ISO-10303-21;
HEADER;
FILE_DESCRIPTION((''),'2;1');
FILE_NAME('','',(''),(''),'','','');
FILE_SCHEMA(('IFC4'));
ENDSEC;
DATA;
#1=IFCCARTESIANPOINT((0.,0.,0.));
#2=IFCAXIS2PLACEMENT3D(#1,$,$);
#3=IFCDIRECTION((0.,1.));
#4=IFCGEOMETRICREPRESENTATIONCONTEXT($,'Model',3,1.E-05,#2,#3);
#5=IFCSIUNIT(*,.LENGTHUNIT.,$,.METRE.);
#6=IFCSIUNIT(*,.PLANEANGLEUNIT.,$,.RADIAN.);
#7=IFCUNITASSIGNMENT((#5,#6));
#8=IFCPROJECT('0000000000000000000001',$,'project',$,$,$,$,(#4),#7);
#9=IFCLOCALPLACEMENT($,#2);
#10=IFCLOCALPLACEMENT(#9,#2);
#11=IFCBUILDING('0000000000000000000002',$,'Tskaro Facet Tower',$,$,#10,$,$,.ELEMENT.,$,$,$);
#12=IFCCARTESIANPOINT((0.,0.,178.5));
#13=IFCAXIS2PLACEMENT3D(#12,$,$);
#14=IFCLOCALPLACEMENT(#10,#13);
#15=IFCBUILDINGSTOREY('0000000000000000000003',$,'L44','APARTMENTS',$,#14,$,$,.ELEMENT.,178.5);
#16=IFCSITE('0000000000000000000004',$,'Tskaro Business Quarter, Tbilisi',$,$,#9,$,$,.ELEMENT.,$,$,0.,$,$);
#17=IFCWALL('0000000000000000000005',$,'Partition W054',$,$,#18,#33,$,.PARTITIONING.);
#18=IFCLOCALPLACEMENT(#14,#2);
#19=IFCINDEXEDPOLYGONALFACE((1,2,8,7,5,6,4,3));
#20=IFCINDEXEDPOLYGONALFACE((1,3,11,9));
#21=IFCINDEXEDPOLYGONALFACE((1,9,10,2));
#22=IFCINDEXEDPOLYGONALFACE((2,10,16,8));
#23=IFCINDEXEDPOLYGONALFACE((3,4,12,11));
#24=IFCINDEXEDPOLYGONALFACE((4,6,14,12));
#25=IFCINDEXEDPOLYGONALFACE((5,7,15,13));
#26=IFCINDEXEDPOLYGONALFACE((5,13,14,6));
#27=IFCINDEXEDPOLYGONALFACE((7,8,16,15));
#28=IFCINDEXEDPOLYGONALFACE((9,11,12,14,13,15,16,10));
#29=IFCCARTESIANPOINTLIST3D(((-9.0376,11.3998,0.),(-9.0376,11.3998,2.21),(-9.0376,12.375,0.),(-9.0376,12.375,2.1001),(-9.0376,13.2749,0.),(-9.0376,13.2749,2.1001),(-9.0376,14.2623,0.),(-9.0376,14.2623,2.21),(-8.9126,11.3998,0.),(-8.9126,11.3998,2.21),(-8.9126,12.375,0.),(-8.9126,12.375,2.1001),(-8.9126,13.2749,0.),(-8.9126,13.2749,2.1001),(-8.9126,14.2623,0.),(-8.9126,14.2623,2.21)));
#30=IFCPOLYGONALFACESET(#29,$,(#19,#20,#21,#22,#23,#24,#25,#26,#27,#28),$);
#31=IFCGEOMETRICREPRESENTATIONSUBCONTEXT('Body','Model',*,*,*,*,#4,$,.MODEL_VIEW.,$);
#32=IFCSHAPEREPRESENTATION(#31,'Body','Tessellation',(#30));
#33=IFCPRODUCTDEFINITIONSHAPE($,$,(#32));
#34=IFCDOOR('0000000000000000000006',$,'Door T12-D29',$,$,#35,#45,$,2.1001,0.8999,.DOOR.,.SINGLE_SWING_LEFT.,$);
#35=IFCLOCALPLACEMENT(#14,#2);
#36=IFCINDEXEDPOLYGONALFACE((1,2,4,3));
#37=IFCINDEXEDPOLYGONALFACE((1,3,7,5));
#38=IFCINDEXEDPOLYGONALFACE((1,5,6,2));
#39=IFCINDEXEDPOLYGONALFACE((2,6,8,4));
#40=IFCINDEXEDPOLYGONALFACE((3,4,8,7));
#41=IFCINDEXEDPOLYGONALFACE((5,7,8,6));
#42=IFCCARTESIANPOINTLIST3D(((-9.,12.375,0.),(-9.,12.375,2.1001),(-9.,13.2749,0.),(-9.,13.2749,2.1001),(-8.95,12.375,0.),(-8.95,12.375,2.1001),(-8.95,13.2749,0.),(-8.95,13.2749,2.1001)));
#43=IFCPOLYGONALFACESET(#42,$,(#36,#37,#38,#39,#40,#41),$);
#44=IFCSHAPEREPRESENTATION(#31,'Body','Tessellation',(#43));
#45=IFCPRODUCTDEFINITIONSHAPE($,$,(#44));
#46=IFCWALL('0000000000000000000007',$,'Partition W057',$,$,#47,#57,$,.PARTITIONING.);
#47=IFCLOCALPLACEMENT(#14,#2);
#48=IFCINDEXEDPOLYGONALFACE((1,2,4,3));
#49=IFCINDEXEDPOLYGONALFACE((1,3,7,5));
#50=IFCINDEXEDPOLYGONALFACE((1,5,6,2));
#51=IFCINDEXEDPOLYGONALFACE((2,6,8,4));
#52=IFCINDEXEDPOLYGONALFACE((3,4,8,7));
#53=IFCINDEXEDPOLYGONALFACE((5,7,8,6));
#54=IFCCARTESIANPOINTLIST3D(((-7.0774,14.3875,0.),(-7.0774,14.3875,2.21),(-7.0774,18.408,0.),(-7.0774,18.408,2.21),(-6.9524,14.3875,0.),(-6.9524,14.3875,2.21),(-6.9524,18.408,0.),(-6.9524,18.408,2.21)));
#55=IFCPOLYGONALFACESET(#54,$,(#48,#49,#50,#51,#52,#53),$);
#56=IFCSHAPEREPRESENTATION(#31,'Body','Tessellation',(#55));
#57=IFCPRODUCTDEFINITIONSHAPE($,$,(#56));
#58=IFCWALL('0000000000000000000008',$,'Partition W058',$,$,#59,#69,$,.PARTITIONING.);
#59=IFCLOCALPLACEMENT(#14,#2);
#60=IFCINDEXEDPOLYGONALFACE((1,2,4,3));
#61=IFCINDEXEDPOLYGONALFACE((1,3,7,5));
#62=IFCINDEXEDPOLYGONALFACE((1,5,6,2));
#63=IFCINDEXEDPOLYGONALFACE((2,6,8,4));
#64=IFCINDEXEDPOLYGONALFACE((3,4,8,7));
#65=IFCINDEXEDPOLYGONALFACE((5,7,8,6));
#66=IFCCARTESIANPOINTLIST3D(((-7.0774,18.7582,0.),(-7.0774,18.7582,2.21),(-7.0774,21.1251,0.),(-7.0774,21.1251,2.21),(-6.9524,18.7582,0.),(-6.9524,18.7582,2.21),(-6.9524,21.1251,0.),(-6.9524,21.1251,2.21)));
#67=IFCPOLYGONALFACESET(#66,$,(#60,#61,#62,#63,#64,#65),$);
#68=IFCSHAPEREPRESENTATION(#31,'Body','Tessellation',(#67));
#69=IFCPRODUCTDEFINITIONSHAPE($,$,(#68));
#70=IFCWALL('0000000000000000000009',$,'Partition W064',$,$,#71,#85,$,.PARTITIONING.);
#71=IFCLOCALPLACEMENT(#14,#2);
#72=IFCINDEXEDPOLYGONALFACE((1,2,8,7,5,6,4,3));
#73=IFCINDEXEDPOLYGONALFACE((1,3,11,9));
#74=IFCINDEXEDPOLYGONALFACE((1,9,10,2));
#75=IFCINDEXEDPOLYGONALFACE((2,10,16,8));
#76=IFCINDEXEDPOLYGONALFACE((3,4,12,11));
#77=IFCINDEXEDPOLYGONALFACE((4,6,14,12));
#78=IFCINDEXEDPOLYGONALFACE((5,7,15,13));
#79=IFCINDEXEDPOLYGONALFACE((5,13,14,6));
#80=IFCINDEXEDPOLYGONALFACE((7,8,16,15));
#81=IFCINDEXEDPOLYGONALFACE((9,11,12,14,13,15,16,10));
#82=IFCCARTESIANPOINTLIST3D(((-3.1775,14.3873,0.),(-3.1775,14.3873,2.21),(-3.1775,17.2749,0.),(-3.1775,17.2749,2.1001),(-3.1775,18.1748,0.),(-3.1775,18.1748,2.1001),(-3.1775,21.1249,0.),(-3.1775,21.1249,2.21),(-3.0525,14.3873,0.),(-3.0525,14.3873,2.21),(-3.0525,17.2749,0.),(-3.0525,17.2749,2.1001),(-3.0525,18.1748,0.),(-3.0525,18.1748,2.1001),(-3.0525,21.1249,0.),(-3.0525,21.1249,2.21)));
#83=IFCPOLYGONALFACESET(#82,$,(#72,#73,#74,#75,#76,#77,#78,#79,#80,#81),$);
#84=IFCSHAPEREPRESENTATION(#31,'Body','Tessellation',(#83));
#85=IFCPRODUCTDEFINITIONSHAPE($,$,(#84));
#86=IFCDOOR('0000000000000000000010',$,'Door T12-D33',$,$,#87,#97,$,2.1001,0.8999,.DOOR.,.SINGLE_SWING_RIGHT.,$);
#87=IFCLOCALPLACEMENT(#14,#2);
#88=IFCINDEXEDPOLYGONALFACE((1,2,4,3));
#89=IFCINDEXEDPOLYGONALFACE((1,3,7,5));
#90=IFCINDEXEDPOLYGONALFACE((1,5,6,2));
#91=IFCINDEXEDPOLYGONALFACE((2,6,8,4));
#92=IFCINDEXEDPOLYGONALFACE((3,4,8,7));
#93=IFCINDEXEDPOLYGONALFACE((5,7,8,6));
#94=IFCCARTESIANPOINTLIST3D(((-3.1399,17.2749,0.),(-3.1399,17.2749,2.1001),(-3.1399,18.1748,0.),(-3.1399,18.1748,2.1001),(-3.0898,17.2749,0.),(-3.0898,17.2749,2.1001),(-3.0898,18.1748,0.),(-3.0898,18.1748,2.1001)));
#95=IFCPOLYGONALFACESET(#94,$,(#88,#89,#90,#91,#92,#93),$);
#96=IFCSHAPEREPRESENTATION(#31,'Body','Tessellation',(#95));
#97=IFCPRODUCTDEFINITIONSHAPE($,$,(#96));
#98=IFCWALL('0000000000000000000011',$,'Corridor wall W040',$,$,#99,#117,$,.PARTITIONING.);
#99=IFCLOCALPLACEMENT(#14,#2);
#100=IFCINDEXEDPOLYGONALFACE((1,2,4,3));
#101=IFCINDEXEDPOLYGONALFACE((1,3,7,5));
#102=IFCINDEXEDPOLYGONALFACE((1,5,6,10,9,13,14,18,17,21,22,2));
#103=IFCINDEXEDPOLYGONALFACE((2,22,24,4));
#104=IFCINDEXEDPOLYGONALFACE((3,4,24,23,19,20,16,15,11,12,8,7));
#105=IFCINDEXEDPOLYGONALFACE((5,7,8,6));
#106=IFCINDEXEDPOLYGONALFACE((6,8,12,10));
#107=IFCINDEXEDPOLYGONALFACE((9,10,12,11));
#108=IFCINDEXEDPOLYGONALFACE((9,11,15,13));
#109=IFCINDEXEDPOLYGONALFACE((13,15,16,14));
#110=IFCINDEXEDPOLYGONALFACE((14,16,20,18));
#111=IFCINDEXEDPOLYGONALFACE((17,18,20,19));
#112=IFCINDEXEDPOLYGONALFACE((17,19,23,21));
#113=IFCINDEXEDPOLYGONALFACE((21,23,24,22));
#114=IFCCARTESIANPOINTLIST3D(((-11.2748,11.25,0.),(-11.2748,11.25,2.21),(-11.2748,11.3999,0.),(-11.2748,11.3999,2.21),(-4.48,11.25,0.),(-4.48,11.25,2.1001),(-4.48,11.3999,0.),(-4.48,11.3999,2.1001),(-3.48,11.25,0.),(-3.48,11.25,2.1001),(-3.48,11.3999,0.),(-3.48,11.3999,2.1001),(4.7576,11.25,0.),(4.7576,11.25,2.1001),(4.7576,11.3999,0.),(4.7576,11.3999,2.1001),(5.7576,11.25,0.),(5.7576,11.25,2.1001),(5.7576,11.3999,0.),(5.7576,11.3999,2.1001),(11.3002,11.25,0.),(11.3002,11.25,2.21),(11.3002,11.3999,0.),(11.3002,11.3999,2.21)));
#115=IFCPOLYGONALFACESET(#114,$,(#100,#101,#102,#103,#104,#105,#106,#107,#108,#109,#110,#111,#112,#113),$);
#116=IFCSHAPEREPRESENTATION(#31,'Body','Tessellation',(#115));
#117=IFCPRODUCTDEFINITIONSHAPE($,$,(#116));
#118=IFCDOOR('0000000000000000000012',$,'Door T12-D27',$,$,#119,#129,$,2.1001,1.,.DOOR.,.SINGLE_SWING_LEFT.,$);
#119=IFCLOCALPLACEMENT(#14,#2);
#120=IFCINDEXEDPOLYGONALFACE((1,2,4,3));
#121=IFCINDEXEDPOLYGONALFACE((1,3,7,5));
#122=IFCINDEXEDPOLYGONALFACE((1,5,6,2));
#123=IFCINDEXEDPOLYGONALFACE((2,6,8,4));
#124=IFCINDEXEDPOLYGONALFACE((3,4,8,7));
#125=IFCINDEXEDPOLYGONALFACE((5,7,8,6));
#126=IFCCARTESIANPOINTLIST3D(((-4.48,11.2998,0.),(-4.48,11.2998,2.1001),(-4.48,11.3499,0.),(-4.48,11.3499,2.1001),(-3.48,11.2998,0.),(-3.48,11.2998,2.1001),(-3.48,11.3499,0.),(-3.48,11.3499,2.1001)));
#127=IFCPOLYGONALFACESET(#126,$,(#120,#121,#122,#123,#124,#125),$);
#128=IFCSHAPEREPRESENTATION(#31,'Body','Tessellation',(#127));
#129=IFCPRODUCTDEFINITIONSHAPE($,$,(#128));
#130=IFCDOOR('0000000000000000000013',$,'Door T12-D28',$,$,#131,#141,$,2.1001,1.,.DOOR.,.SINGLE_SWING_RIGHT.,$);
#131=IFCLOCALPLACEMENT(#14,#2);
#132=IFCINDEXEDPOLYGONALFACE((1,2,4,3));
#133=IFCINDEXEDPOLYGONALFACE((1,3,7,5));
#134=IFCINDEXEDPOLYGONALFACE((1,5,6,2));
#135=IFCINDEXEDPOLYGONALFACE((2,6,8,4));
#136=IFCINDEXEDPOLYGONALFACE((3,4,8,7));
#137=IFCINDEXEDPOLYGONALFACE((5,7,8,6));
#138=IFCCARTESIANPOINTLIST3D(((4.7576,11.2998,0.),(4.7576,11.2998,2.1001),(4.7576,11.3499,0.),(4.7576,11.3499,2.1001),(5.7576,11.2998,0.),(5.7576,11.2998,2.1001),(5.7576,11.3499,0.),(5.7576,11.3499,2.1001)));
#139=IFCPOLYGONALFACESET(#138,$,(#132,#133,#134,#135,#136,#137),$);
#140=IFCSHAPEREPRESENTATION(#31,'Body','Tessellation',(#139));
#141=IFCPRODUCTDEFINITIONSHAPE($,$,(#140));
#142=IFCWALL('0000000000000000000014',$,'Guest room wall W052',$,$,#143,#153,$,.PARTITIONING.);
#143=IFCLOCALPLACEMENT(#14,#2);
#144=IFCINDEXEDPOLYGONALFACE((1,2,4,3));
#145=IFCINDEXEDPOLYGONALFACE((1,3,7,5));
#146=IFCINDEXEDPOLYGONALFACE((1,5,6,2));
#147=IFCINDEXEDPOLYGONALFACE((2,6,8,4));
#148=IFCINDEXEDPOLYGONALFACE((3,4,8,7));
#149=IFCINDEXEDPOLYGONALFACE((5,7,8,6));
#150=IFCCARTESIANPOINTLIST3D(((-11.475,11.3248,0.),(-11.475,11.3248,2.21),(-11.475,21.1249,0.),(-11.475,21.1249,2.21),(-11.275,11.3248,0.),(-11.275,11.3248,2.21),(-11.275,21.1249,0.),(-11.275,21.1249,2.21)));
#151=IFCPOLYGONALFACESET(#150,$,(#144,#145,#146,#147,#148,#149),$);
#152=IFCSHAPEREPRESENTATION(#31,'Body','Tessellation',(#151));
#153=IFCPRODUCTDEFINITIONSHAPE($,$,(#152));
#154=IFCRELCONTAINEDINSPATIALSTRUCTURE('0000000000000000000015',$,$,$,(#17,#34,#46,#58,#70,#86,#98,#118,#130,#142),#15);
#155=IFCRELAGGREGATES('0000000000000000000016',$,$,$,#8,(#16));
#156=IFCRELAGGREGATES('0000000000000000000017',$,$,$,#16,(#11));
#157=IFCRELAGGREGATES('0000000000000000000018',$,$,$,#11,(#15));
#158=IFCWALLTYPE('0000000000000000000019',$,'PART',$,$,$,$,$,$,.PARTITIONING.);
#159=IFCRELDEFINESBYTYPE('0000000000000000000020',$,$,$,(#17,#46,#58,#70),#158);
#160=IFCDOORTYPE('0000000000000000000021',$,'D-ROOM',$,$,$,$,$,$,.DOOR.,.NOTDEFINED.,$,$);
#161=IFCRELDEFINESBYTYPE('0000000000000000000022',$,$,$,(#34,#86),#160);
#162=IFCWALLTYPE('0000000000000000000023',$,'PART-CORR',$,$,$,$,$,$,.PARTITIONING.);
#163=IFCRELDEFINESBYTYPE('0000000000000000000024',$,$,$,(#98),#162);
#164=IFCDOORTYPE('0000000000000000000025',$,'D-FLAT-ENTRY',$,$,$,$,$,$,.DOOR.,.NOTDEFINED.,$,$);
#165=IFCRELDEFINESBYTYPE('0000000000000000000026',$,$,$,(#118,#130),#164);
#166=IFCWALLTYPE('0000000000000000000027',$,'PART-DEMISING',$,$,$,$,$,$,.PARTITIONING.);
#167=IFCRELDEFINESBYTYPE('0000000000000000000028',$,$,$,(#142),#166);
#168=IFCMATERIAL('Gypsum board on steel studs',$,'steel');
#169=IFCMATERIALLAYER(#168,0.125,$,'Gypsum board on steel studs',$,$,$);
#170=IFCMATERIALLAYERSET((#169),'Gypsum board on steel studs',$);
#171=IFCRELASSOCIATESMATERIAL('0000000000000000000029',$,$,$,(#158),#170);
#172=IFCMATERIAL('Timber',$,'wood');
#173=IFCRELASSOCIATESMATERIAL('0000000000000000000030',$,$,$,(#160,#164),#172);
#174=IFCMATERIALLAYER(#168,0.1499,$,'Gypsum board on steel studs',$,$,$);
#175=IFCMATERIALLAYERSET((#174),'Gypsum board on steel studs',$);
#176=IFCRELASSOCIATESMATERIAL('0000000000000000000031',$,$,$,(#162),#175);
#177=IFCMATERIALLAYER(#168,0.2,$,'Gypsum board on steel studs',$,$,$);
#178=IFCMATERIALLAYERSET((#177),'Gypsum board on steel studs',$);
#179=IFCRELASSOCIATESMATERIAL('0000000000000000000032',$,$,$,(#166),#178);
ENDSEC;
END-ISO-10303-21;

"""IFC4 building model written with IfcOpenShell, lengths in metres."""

from ifc_helpers import new_model, si_unit, direction, frame, frame_2d, origin, place, context, subcontext, project, spatial, rectangle, extrude, material, layer, layer_set, type_object, element, fill, save


model = new_model("IFC4")

# Units and contexts
model_context = context("Model", 3, precision=1e-05, world=origin(), true_north=direction((0.0, 1.0)))
body_context = subcontext(model_context, "Body", "Model", "MODEL_VIEW")
ifc_project = project(units=[si_unit("LENGTHUNIT", "METRE"), si_unit("PLANEANGLEUNIT", "RADIAN")], contexts=[model_context])

# Site, building, storey
site_placement = place(None, origin())
site = spatial("IfcSite", under=ifc_project, at=site_placement, Name="Tskaro Business Quarter, Tbilisi", CompositionType="ELEMENT", RefElevation=0.0)
building_placement = place(site_placement, origin())
building = spatial("IfcBuilding", under=site, at=building_placement, Name="Tskaro Facet Tower", CompositionType="ELEMENT")
storey_placement = place(building_placement, frame((0.0, 0.0, 178.5)))
storey = spatial("IfcBuildingStorey", under=building, at=storey_placement, Name="L44", Description="APARTMENTS", CompositionType="ELEMENT", Elevation=178.5)

# Shared definitions
ifc_material_1 = material(Name="Gypsum board on steel studs", Category="steel")
ifc_layer_1 = layer(ifc_material_1, 0.125, Name="Gypsum board on steel studs")
ifc_layer_set_1 = layer_set([ifc_layer_1], Name="Gypsum board on steel studs")
wall_type_1 = type_object("IfcWallType", Name="PART", PredefinedType="PARTITIONING", material=ifc_layer_set_1)
ifc_material_2 = material(Name="Timber", Category="wood")
door_type_1 = type_object("IfcDoorType", Name="D-ROOM", OperationType="NOTDEFINED", PredefinedType="DOOR", material=ifc_material_2)

# Wall, opening, door
wall_1_placement = place(storey_placement, frame((-8.9751, 11.3999, 0.0), z_axis=(0.0, 0.0, 1.0), x_axis=(0.0, 1.0, 0.0)))
wall_1 = element("IfcWall", 1, at=wall_1_placement, inside=storey, type_object=wall_type_1, Name="Partition W054", PredefinedType="PARTITIONING", context=body_context, shape_type="SweptSolid", body=[
    extrude(rectangle(XDim=2.8625, YDim=0.125, at=frame_2d((1.4312, 0.0))), origin(), (0.0, 0.0, 1.0), 2.21),
])
opening_1_placement = place(wall_1_placement, frame((0.9751, 0.0, 0.0)))
opening_1 = element("IfcOpeningElement", 2, at=opening_1_placement, cuts=wall_1, PredefinedType="OPENING", context=body_context, shape_type="SweptSolid", body=[
    extrude(rectangle(XDim=0.8999, YDim=2.1001, at=frame_2d((0.45, 1.05))), frame((0.0, 0.0725, 0.0), z_axis=(0.0, -1.0, 0.0), x_axis=(1.0, 0.0, 0.0)), (0.0, 0.0, 1.0), 0.145),
])
door_1_placement = place(opening_1_placement, origin())
door_1 = element("IfcDoor", 3, at=door_1_placement, inside=storey, type_object=door_type_1, Name="Door T12-D29", OperationType="SINGLE_SWING_LEFT", OverallHeight=2.1001, OverallWidth=0.8999, PredefinedType="DOOR", context=body_context, shape_type="SweptSolid", body=[
    extrude(rectangle(XDim=0.8999, YDim=2.1001, at=frame_2d((0.45, 1.05))), frame((0.0, 0.0249, 0.0), z_axis=(0.0, -1.0, 0.0), x_axis=(1.0, 0.0, 0.0)), (0.0, 0.0, 1.0), 0.05),
])
fill(opening_1, door_1)

# Walls
wall_2_placement = place(storey_placement, frame((-7.0149, 14.3875, 0.0), z_axis=(0.0, 0.0, 1.0), x_axis=(0.0, 1.0, 0.0)))
element("IfcWall", 4, at=wall_2_placement, inside=storey, type_object=wall_type_1, Name="Partition W057", PredefinedType="PARTITIONING", context=body_context, shape_type="SweptSolid", body=[
    extrude(rectangle(XDim=4.0205, YDim=0.125, at=frame_2d((2.0103, 0.0))), origin(), (0.0, 0.0, 1.0), 2.21),
])
wall_3_placement = place(storey_placement, frame((-7.0149, 18.7581, 0.0), z_axis=(0.0, 0.0, 1.0), x_axis=(0.0, 1.0, 0.0)))
element("IfcWall", 5, at=wall_3_placement, inside=storey, type_object=wall_type_1, Name="Partition W058", PredefinedType="PARTITIONING", context=body_context, shape_type="SweptSolid", body=[
    extrude(rectangle(XDim=2.3669, YDim=0.125, at=frame_2d((1.1836, 0.0))), origin(), (0.0, 0.0, 1.0), 2.21),
])

# Wall, opening, door
wall_4_placement = place(storey_placement, frame((-3.115, 14.3875, 0.0), z_axis=(0.0, 0.0, 1.0), x_axis=(0.0, 1.0, 0.0)))
wall_4 = element("IfcWall", 6, at=wall_4_placement, inside=storey, type_object=wall_type_1, Name="Partition W064", PredefinedType="PARTITIONING", context=body_context, shape_type="SweptSolid", body=[
    extrude(rectangle(XDim=6.7375, YDim=0.125, at=frame_2d((3.3687, 0.0))), origin(), (0.0, 0.0, 1.0), 2.21),
])
opening_2_placement = place(wall_4_placement, frame((2.8875, 0.0, 0.0)))
opening_2 = element("IfcOpeningElement", 7, at=opening_2_placement, cuts=wall_4, PredefinedType="OPENING", context=body_context, shape_type="SweptSolid", body=[
    extrude(rectangle(XDim=0.8999, YDim=2.1001, at=frame_2d((0.45, 1.05))), frame((0.0, 0.0725, 0.0), z_axis=(0.0, -1.0, 0.0), x_axis=(1.0, 0.0, 0.0)), (0.0, 0.0, 1.0), 0.145),
])
door_2_placement = place(opening_2_placement, origin())
door_2 = element("IfcDoor", 8, at=door_2_placement, inside=storey, type_object=door_type_1, Name="Door T12-D33", OperationType="SINGLE_SWING_RIGHT", OverallHeight=2.1001, OverallWidth=0.8999, PredefinedType="DOOR", context=body_context, shape_type="SweptSolid", body=[
    extrude(rectangle(XDim=0.8999, YDim=2.1001, at=frame_2d((0.45, 1.05))), frame((0.0, 0.0249, 0.0), z_axis=(0.0, -1.0, 0.0), x_axis=(1.0, 0.0, 0.0)), (0.0, 0.0, 1.0), 0.05),
])
fill(opening_2, door_2)

# Wall, openings, doors
ifc_layer_2 = layer(ifc_material_1, 0.1499, Name="Gypsum board on steel studs")
ifc_layer_set_2 = layer_set([ifc_layer_2], Name="Gypsum board on steel studs")
wall_type_2 = type_object("IfcWallType", Name="PART-CORR", PredefinedType="PARTITIONING", material=ifc_layer_set_2)
wall_5_placement = place(storey_placement, frame((-11.2749, 11.325, 0.0), z_axis=(0.0, 0.0, 1.0), x_axis=(1.0, 0.0, 0.0)))
wall_5 = element("IfcWall", 9, at=wall_5_placement, inside=storey, type_object=wall_type_2, Name="Corridor wall W040", PredefinedType="PARTITIONING", context=body_context, shape_type="SweptSolid", body=[
    extrude(rectangle(XDim=22.575, YDim=0.1499, at=frame_2d((11.2876, 0.0))), origin(), (0.0, 0.0, 1.0), 2.21),
])
opening_3_placement = place(wall_5_placement, frame((6.7949, 0.0, 0.0)))
opening_3 = element("IfcOpeningElement", 10, at=opening_3_placement, cuts=wall_5, PredefinedType="OPENING", context=body_context, shape_type="SweptSolid", body=[
    extrude(rectangle(XDim=1.0, YDim=2.1001, at=frame_2d((0.5, 1.05))), frame((0.0, 0.085, 0.0), z_axis=(0.0, -1.0, 0.0), x_axis=(1.0, 0.0, 0.0)), (0.0, 0.0, 1.0), 0.1699),
])
opening_4_placement = place(wall_5_placement, frame((16.0325, 0.0, 0.0)))
opening_4 = element("IfcOpeningElement", 11, at=opening_4_placement, cuts=wall_5, PredefinedType="OPENING", context=body_context, shape_type="SweptSolid", body=[
    extrude(rectangle(XDim=1.0, YDim=2.1001, at=frame_2d((0.5, 1.05))), frame((0.0, 0.085, 0.0), z_axis=(0.0, -1.0, 0.0), x_axis=(1.0, 0.0, 0.0)), (0.0, 0.0, 1.0), 0.1699),
])
door_type_2 = type_object("IfcDoorType", Name="D-FLAT-ENTRY", OperationType="NOTDEFINED", PredefinedType="DOOR", material=ifc_material_2)
door_3_placement = place(opening_3_placement, origin())
door_3 = element("IfcDoor", 12, at=door_3_placement, inside=storey, type_object=door_type_2, Name="Door T12-D27", OperationType="SINGLE_SWING_LEFT", OverallHeight=2.1001, OverallWidth=1.0, PredefinedType="DOOR", context=body_context, shape_type="SweptSolid", body=[
    extrude(rectangle(XDim=1.0, YDim=2.1001, at=frame_2d((0.5, 1.05))), frame((0.0, 0.0249, 0.0), z_axis=(0.0, -1.0, 0.0), x_axis=(1.0, 0.0, 0.0)), (0.0, 0.0, 1.0), 0.05),
])
fill(opening_3, door_3)
door_4_placement = place(opening_4_placement, origin())
door_4 = element("IfcDoor", 13, at=door_4_placement, inside=storey, type_object=door_type_2, Name="Door T12-D28", OperationType="SINGLE_SWING_RIGHT", OverallHeight=2.1001, OverallWidth=1.0, PredefinedType="DOOR", context=body_context, shape_type="SweptSolid", body=[
    extrude(rectangle(XDim=1.0, YDim=2.1001, at=frame_2d((0.5, 1.05))), frame((0.0, 0.0249, 0.0), z_axis=(0.0, -1.0, 0.0), x_axis=(1.0, 0.0, 0.0)), (0.0, 0.0, 1.0), 0.05),
])
fill(opening_4, door_4)

# Wall
ifc_layer_3 = layer(ifc_material_1, 0.2, Name="Gypsum board on steel studs")
ifc_layer_set_3 = layer_set([ifc_layer_3], Name="Gypsum board on steel studs")
wall_type_3 = type_object("IfcWallType", Name="PART-DEMISING", PredefinedType="PARTITIONING", material=ifc_layer_set_3)
wall_6_placement = place(storey_placement, frame((-11.375, 11.325, 0.0), z_axis=(0.0, 0.0, 1.0), x_axis=(0.0, 1.0, 0.0)))
element("IfcWall", 14, at=wall_6_placement, inside=storey, type_object=wall_type_3, Name="Guest room wall W052", PredefinedType="PARTITIONING", context=body_context, shape_type="SweptSolid", body=[
    extrude(rectangle(XDim=9.8, YDim=0.2, at=frame_2d((4.8999, 0.0))), origin(), (0.0, 0.0, 1.0), 2.21),
])

save(model, "model.ifc")
